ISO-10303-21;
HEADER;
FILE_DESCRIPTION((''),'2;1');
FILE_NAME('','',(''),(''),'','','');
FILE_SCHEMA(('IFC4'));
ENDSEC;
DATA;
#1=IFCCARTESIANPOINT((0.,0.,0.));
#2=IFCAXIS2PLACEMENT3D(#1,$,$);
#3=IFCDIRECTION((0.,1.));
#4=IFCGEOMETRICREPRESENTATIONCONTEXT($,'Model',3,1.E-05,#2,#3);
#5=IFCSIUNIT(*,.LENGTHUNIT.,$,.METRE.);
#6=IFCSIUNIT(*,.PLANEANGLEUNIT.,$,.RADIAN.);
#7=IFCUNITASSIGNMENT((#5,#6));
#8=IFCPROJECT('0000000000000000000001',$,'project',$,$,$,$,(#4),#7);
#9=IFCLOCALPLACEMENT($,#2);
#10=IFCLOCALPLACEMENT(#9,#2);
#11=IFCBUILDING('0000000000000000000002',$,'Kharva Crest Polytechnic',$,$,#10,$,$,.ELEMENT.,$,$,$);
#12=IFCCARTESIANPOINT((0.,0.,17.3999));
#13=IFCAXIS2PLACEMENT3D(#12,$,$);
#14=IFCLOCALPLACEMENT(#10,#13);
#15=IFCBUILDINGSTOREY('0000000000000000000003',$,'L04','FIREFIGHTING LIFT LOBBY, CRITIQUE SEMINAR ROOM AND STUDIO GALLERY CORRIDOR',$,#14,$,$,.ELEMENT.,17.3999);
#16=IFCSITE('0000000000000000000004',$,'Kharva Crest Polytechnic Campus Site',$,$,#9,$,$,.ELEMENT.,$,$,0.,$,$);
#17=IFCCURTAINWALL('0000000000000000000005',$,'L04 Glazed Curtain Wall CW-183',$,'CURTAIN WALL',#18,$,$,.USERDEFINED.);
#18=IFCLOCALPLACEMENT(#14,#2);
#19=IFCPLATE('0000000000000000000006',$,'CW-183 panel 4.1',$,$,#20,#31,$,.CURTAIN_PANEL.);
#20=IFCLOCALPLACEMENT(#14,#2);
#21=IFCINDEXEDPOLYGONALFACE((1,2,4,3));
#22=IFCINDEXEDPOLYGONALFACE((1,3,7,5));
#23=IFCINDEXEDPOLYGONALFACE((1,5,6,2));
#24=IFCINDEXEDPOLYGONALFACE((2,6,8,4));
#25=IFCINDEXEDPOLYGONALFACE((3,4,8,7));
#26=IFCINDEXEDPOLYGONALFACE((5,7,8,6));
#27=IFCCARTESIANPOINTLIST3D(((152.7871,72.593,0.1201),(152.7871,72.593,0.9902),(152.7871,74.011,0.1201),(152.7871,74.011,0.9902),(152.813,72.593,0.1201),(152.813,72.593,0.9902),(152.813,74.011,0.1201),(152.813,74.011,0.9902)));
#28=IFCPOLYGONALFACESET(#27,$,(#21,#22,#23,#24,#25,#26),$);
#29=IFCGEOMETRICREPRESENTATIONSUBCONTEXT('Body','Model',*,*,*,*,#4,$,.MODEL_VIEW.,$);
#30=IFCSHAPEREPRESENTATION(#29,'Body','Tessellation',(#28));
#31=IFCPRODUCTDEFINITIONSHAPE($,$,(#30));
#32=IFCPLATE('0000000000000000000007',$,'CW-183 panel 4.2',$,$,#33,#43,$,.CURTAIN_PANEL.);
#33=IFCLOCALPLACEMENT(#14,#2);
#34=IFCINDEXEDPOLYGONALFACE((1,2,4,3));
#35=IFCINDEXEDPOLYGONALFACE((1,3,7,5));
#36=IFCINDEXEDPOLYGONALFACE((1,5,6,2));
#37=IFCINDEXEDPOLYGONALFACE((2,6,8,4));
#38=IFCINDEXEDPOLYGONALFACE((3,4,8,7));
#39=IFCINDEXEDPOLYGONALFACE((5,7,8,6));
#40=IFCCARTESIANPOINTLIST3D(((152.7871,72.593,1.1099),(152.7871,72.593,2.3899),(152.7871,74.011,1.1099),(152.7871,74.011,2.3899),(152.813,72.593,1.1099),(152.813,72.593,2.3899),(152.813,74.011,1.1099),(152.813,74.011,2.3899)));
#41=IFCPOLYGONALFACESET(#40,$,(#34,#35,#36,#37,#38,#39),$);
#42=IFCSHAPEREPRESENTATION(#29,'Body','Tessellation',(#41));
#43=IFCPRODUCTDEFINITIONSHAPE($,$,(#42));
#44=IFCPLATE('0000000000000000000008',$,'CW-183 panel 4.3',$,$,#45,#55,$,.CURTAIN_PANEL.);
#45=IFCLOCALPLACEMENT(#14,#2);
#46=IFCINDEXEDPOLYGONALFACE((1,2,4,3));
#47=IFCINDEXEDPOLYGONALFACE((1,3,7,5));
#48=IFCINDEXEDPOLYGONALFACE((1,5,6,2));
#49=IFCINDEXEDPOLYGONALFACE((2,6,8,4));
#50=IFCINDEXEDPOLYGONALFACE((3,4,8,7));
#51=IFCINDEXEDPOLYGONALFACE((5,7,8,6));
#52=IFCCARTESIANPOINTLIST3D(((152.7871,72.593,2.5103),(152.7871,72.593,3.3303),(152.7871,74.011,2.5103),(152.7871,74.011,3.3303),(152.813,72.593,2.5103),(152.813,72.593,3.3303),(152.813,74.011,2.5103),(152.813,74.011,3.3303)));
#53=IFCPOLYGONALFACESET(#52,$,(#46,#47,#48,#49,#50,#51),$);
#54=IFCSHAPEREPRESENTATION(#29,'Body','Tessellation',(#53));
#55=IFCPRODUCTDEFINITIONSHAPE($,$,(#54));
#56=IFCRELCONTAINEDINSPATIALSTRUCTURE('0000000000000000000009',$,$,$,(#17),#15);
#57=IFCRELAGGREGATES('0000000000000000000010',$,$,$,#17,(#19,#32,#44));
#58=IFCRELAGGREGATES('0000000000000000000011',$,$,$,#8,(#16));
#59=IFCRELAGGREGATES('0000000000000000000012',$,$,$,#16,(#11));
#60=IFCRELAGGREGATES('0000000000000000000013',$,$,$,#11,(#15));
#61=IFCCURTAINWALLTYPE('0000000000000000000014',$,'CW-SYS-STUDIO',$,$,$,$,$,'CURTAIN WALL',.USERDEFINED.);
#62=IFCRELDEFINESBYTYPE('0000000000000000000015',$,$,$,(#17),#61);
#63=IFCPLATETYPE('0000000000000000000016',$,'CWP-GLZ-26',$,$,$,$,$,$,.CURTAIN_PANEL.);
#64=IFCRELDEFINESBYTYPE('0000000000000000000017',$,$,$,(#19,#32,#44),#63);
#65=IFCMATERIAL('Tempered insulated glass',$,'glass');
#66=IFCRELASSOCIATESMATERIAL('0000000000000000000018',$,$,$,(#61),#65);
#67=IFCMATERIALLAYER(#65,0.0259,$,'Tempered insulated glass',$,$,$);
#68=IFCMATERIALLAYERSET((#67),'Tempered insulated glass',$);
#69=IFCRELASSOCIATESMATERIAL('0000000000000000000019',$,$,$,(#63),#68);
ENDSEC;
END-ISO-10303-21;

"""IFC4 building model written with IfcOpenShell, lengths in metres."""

from ifc_helpers import new_model, si_unit, direction, frame, origin, origin_2d, place, context, subcontext, project, spatial, rectangle, extrude, material, layer, layer_set, type_object, element, aggregate, save


model = new_model("IFC4")

# Units and contexts
model_context = context("Model", 3, precision=1e-05, world=origin(), true_north=direction((0.0, 1.0)))
body_context = subcontext(model_context, "Body", "Model", "MODEL_VIEW")
ifc_project = project(units=[si_unit("LENGTHUNIT", "METRE"), si_unit("PLANEANGLEUNIT", "RADIAN")], contexts=[model_context])

# Site, building, storey
site_placement = place(None, origin())
site = spatial("IfcSite", under=ifc_project, at=site_placement, Name="Kharva Crest Polytechnic Campus Site", CompositionType="ELEMENT", RefElevation=0.0)
building_placement = place(site_placement, origin())
building = spatial("IfcBuilding", under=site, at=building_placement, Name="Kharva Crest Polytechnic", CompositionType="ELEMENT")
storey_placement = place(building_placement, frame((0.0, 0.0, 17.3999)))
storey = spatial("IfcBuildingStorey", under=building, at=storey_placement, Name="L04", Description="FIREFIGHTING LIFT LOBBY, CRITIQUE SEMINAR ROOM AND STUDIO GALLERY CORRIDOR", CompositionType="ELEMENT", Elevation=17.3999)

# Curtain wall, plates
ifc_material_1 = material(Name="Tempered insulated glass", Category="glass")
curtain_wall_type = type_object("IfcCurtainWallType", Name="CW-SYS-STUDIO", ElementType="CURTAIN WALL", PredefinedType="USERDEFINED", material=ifc_material_1)
curtain_wall_placement = place(storey_placement, origin())
curtain_wall = element("IfcCurtainWall", 1, at=curtain_wall_placement, inside=storey, type_object=curtain_wall_type, Name="L04 Glazed Curtain Wall CW-183", ObjectType="CURTAIN WALL", PredefinedType="USERDEFINED")
ifc_layer = layer(ifc_material_1, 0.0259, Name="Tempered insulated glass")
ifc_layer_set = layer_set([ifc_layer], Name="Tempered insulated glass")
plate_type = type_object("IfcPlateType", Name="CWP-GLZ-26", PredefinedType="CURTAIN_PANEL", material=ifc_layer_set)
plate_1_placement = place(storey_placement, frame((152.8, 73.302, 0.1201), z_axis=(0.0, 0.0, 1.0), x_axis=(0.0, -1.0, 0.0)))
plate_1 = element("IfcPlate", 2, at=plate_1_placement, type_object=plate_type, Name="CW-183 panel 4.1", PredefinedType="CURTAIN_PANEL", context=body_context, shape_type="SweptSolid", body=[
    extrude(rectangle(XDim=1.418, YDim=0.0259, at=origin_2d()), origin(), (0.0, 0.0, 1.0), 0.8701),
])
plate_2_placement = place(storey_placement, frame((152.8, 73.302, 1.1099), z_axis=(0.0, 0.0, 1.0), x_axis=(0.0, -1.0, 0.0)))
plate_2 = element("IfcPlate", 3, at=plate_2_placement, type_object=plate_type, Name="CW-183 panel 4.2", PredefinedType="CURTAIN_PANEL", context=body_context, shape_type="SweptSolid", body=[
    extrude(rectangle(XDim=1.418, YDim=0.0259, at=origin_2d()), origin(), (0.0, 0.0, 1.0), 1.28),
])
plate_3_placement = place(storey_placement, frame((152.8, 73.302, 2.5103), z_axis=(0.0, 0.0, 1.0), x_axis=(0.0, -1.0, 0.0)))
plate_3 = element("IfcPlate", 4, at=plate_3_placement, type_object=plate_type, Name="CW-183 panel 4.3", PredefinedType="CURTAIN_PANEL", context=body_context, shape_type="SweptSolid", body=[
    extrude(rectangle(XDim=1.418, YDim=0.0259, at=origin_2d()), origin(), (0.0, 0.0, 1.0), 0.8201),
])
aggregate(curtain_wall, [plate_1, plate_2, plate_3])

save(model, "model.ifc")
